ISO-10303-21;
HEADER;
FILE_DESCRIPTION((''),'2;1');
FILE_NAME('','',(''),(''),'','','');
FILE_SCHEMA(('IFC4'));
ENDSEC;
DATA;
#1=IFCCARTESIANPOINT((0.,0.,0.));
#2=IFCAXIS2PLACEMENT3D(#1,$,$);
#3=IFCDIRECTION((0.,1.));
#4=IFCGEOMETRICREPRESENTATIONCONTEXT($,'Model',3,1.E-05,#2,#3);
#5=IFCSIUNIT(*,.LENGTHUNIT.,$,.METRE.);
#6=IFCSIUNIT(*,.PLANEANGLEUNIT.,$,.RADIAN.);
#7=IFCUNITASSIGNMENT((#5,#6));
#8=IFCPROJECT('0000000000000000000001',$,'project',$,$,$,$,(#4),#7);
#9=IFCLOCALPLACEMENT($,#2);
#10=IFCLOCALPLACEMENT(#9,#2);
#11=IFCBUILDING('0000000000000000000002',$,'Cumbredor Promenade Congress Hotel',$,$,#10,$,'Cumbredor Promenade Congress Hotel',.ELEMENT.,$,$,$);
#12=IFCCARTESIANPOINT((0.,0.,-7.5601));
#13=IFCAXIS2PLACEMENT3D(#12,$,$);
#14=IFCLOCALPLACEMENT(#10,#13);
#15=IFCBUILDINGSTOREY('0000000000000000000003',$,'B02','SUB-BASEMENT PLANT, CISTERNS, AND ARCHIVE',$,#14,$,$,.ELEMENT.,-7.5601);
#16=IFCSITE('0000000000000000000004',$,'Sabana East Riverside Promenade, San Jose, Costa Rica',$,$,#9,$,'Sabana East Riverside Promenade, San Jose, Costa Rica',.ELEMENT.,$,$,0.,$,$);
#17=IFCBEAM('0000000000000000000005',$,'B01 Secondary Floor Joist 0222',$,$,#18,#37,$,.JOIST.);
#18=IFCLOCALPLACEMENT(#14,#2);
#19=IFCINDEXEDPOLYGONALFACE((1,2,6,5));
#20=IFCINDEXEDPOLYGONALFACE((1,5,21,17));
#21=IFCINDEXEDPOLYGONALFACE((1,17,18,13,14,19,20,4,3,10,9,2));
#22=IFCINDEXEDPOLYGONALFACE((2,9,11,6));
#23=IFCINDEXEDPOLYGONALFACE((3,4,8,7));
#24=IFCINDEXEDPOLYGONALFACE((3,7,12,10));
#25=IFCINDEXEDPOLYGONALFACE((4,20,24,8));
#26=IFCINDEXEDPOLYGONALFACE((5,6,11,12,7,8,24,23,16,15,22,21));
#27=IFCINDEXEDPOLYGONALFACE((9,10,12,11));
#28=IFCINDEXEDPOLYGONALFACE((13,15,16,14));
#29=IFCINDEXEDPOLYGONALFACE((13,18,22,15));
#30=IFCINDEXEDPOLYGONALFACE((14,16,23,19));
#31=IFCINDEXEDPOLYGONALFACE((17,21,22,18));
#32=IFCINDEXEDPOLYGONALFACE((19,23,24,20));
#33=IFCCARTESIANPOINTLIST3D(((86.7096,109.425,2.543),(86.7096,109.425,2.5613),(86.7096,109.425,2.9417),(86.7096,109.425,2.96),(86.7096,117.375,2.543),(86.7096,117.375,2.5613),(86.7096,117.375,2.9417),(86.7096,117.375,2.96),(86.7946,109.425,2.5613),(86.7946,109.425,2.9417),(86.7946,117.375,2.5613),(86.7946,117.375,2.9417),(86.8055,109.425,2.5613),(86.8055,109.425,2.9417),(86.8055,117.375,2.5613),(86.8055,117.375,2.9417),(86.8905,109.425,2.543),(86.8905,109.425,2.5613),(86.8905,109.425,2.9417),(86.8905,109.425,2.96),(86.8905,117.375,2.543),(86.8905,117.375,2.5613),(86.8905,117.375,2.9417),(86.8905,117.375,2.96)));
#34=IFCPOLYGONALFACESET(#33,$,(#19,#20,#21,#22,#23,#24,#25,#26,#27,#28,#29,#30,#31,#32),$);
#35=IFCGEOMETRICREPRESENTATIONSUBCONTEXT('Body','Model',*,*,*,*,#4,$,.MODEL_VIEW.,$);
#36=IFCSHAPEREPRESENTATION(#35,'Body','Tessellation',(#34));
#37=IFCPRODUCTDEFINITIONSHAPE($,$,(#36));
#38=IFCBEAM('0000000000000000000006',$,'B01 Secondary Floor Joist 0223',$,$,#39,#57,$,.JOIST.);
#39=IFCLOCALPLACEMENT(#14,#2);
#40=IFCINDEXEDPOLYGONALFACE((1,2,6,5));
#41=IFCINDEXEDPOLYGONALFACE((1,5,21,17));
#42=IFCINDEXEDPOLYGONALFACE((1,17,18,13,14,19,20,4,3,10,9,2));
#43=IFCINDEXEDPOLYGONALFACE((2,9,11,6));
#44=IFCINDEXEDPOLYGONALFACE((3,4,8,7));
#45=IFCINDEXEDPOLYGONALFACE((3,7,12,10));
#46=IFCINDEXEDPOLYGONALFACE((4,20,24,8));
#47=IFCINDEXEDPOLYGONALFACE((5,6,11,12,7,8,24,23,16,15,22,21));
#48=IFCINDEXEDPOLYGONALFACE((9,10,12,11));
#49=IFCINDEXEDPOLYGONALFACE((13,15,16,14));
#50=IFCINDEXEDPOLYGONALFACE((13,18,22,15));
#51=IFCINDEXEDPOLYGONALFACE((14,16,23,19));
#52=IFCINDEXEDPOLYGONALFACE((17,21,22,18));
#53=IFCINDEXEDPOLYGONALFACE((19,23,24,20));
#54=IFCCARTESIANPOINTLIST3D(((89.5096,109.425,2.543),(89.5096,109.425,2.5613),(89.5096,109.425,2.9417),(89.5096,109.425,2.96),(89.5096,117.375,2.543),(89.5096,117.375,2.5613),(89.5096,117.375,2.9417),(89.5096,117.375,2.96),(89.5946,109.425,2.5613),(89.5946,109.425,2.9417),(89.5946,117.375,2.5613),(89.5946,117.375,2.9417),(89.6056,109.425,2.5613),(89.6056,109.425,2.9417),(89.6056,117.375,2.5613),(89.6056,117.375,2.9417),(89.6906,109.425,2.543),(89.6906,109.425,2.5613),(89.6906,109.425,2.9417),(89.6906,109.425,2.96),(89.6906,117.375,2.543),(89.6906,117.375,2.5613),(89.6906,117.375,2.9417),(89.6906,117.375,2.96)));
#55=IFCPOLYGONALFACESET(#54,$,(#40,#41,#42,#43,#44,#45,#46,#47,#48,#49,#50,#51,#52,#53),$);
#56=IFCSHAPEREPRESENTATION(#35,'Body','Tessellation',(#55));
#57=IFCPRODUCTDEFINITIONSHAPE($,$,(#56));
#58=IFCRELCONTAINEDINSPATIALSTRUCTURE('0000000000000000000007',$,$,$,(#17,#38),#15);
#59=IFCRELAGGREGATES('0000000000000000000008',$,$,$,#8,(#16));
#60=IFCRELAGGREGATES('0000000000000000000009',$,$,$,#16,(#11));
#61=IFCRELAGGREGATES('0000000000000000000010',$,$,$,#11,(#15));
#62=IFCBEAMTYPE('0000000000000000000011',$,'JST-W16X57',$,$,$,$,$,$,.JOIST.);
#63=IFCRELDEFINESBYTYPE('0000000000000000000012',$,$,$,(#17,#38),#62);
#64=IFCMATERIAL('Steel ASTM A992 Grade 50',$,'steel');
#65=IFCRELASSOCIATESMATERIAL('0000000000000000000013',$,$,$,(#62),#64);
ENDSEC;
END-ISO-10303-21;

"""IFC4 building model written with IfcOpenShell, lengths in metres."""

from ifc_helpers import new_model, si_unit, direction, frame, origin, origin_2d, place, context, subcontext, project, spatial, i_section, extrude, material, material_profile, profile_set, type_object, element, save


model = new_model("IFC4")

# Units and contexts
model_context = context("Model", 3, precision=1e-05, world=origin(), true_north=direction((0.0, 1.0)))
body_context = subcontext(model_context, "Body", "Model", "MODEL_VIEW")
ifc_project = project(units=[si_unit("LENGTHUNIT", "METRE"), si_unit("PLANEANGLEUNIT", "RADIAN")], contexts=[model_context])

# Site, building, storey
site_placement = place(None, origin())
site = spatial("IfcSite", under=ifc_project, at=site_placement, Name="Sabana East Riverside Promenade, San Jose, Costa Rica", LongName="Sabana East Riverside Promenade, San Jose, Costa Rica", CompositionType="ELEMENT", RefElevation=0.0)
building_placement = place(site_placement, origin())
building = spatial("IfcBuilding", under=site, at=building_placement, Name="Cumbredor Promenade Congress Hotel", LongName="Cumbredor Promenade Congress Hotel", CompositionType="ELEMENT")
storey_placement = place(building_placement, frame((0.0, 0.0, -7.5601)))
storey = spatial("IfcBuildingStorey", under=building, at=storey_placement, Name="B02", Description="SUB-BASEMENT PLANT, CISTERNS, AND ARCHIVE", CompositionType="ELEMENT", Elevation=-7.5601)

# Beams
ifc_material_1 = material(Name="Steel ASTM A992 Grade 50", Category="steel")
ifc_material_profile_1 = material_profile(ifc_material_1, i_section(OverallWidth=0.1809, OverallDepth=0.417, WebThickness=0.011, FlangeThickness=0.0183, at=origin_2d()), Name="W16X57")
ifc_profile_set_1 = profile_set([ifc_material_profile_1], Name="Steel ASTM A992 Grade 50")
beam_type_1 = type_object("IfcBeamType", Name="JST-W16X57", PredefinedType="JOIST", material=ifc_profile_set_1)
for number, where, z_axis, x_axis, name in (
    (1, (86.8, 109.425, 2.7515), (0.0, 1.0, 0.0), (-1.0, 0.0, 0.0), "B01 Secondary Floor Joist 0222"),
    (2, (89.6001, 109.425, 2.7515), (0.0, 1.0, 0.0), (-1.0, 0.0, 0.0), "B01 Secondary Floor Joist 0223"),
):
    element("IfcBeam", number, at=place(storey_placement, frame(where, z_axis=z_axis, x_axis=x_axis)), inside=storey, type_object=beam_type_1, Name=name, PredefinedType="JOIST", context=body_context, shape_type="SweptSolid", body=[
        extrude(i_section(OverallWidth=0.1809, OverallDepth=0.417, WebThickness=0.011, FlangeThickness=0.0183, at=origin_2d()), origin(), (0.0, 0.0, 1.0), 7.95),
    ])

save(model, "model.ifc")
